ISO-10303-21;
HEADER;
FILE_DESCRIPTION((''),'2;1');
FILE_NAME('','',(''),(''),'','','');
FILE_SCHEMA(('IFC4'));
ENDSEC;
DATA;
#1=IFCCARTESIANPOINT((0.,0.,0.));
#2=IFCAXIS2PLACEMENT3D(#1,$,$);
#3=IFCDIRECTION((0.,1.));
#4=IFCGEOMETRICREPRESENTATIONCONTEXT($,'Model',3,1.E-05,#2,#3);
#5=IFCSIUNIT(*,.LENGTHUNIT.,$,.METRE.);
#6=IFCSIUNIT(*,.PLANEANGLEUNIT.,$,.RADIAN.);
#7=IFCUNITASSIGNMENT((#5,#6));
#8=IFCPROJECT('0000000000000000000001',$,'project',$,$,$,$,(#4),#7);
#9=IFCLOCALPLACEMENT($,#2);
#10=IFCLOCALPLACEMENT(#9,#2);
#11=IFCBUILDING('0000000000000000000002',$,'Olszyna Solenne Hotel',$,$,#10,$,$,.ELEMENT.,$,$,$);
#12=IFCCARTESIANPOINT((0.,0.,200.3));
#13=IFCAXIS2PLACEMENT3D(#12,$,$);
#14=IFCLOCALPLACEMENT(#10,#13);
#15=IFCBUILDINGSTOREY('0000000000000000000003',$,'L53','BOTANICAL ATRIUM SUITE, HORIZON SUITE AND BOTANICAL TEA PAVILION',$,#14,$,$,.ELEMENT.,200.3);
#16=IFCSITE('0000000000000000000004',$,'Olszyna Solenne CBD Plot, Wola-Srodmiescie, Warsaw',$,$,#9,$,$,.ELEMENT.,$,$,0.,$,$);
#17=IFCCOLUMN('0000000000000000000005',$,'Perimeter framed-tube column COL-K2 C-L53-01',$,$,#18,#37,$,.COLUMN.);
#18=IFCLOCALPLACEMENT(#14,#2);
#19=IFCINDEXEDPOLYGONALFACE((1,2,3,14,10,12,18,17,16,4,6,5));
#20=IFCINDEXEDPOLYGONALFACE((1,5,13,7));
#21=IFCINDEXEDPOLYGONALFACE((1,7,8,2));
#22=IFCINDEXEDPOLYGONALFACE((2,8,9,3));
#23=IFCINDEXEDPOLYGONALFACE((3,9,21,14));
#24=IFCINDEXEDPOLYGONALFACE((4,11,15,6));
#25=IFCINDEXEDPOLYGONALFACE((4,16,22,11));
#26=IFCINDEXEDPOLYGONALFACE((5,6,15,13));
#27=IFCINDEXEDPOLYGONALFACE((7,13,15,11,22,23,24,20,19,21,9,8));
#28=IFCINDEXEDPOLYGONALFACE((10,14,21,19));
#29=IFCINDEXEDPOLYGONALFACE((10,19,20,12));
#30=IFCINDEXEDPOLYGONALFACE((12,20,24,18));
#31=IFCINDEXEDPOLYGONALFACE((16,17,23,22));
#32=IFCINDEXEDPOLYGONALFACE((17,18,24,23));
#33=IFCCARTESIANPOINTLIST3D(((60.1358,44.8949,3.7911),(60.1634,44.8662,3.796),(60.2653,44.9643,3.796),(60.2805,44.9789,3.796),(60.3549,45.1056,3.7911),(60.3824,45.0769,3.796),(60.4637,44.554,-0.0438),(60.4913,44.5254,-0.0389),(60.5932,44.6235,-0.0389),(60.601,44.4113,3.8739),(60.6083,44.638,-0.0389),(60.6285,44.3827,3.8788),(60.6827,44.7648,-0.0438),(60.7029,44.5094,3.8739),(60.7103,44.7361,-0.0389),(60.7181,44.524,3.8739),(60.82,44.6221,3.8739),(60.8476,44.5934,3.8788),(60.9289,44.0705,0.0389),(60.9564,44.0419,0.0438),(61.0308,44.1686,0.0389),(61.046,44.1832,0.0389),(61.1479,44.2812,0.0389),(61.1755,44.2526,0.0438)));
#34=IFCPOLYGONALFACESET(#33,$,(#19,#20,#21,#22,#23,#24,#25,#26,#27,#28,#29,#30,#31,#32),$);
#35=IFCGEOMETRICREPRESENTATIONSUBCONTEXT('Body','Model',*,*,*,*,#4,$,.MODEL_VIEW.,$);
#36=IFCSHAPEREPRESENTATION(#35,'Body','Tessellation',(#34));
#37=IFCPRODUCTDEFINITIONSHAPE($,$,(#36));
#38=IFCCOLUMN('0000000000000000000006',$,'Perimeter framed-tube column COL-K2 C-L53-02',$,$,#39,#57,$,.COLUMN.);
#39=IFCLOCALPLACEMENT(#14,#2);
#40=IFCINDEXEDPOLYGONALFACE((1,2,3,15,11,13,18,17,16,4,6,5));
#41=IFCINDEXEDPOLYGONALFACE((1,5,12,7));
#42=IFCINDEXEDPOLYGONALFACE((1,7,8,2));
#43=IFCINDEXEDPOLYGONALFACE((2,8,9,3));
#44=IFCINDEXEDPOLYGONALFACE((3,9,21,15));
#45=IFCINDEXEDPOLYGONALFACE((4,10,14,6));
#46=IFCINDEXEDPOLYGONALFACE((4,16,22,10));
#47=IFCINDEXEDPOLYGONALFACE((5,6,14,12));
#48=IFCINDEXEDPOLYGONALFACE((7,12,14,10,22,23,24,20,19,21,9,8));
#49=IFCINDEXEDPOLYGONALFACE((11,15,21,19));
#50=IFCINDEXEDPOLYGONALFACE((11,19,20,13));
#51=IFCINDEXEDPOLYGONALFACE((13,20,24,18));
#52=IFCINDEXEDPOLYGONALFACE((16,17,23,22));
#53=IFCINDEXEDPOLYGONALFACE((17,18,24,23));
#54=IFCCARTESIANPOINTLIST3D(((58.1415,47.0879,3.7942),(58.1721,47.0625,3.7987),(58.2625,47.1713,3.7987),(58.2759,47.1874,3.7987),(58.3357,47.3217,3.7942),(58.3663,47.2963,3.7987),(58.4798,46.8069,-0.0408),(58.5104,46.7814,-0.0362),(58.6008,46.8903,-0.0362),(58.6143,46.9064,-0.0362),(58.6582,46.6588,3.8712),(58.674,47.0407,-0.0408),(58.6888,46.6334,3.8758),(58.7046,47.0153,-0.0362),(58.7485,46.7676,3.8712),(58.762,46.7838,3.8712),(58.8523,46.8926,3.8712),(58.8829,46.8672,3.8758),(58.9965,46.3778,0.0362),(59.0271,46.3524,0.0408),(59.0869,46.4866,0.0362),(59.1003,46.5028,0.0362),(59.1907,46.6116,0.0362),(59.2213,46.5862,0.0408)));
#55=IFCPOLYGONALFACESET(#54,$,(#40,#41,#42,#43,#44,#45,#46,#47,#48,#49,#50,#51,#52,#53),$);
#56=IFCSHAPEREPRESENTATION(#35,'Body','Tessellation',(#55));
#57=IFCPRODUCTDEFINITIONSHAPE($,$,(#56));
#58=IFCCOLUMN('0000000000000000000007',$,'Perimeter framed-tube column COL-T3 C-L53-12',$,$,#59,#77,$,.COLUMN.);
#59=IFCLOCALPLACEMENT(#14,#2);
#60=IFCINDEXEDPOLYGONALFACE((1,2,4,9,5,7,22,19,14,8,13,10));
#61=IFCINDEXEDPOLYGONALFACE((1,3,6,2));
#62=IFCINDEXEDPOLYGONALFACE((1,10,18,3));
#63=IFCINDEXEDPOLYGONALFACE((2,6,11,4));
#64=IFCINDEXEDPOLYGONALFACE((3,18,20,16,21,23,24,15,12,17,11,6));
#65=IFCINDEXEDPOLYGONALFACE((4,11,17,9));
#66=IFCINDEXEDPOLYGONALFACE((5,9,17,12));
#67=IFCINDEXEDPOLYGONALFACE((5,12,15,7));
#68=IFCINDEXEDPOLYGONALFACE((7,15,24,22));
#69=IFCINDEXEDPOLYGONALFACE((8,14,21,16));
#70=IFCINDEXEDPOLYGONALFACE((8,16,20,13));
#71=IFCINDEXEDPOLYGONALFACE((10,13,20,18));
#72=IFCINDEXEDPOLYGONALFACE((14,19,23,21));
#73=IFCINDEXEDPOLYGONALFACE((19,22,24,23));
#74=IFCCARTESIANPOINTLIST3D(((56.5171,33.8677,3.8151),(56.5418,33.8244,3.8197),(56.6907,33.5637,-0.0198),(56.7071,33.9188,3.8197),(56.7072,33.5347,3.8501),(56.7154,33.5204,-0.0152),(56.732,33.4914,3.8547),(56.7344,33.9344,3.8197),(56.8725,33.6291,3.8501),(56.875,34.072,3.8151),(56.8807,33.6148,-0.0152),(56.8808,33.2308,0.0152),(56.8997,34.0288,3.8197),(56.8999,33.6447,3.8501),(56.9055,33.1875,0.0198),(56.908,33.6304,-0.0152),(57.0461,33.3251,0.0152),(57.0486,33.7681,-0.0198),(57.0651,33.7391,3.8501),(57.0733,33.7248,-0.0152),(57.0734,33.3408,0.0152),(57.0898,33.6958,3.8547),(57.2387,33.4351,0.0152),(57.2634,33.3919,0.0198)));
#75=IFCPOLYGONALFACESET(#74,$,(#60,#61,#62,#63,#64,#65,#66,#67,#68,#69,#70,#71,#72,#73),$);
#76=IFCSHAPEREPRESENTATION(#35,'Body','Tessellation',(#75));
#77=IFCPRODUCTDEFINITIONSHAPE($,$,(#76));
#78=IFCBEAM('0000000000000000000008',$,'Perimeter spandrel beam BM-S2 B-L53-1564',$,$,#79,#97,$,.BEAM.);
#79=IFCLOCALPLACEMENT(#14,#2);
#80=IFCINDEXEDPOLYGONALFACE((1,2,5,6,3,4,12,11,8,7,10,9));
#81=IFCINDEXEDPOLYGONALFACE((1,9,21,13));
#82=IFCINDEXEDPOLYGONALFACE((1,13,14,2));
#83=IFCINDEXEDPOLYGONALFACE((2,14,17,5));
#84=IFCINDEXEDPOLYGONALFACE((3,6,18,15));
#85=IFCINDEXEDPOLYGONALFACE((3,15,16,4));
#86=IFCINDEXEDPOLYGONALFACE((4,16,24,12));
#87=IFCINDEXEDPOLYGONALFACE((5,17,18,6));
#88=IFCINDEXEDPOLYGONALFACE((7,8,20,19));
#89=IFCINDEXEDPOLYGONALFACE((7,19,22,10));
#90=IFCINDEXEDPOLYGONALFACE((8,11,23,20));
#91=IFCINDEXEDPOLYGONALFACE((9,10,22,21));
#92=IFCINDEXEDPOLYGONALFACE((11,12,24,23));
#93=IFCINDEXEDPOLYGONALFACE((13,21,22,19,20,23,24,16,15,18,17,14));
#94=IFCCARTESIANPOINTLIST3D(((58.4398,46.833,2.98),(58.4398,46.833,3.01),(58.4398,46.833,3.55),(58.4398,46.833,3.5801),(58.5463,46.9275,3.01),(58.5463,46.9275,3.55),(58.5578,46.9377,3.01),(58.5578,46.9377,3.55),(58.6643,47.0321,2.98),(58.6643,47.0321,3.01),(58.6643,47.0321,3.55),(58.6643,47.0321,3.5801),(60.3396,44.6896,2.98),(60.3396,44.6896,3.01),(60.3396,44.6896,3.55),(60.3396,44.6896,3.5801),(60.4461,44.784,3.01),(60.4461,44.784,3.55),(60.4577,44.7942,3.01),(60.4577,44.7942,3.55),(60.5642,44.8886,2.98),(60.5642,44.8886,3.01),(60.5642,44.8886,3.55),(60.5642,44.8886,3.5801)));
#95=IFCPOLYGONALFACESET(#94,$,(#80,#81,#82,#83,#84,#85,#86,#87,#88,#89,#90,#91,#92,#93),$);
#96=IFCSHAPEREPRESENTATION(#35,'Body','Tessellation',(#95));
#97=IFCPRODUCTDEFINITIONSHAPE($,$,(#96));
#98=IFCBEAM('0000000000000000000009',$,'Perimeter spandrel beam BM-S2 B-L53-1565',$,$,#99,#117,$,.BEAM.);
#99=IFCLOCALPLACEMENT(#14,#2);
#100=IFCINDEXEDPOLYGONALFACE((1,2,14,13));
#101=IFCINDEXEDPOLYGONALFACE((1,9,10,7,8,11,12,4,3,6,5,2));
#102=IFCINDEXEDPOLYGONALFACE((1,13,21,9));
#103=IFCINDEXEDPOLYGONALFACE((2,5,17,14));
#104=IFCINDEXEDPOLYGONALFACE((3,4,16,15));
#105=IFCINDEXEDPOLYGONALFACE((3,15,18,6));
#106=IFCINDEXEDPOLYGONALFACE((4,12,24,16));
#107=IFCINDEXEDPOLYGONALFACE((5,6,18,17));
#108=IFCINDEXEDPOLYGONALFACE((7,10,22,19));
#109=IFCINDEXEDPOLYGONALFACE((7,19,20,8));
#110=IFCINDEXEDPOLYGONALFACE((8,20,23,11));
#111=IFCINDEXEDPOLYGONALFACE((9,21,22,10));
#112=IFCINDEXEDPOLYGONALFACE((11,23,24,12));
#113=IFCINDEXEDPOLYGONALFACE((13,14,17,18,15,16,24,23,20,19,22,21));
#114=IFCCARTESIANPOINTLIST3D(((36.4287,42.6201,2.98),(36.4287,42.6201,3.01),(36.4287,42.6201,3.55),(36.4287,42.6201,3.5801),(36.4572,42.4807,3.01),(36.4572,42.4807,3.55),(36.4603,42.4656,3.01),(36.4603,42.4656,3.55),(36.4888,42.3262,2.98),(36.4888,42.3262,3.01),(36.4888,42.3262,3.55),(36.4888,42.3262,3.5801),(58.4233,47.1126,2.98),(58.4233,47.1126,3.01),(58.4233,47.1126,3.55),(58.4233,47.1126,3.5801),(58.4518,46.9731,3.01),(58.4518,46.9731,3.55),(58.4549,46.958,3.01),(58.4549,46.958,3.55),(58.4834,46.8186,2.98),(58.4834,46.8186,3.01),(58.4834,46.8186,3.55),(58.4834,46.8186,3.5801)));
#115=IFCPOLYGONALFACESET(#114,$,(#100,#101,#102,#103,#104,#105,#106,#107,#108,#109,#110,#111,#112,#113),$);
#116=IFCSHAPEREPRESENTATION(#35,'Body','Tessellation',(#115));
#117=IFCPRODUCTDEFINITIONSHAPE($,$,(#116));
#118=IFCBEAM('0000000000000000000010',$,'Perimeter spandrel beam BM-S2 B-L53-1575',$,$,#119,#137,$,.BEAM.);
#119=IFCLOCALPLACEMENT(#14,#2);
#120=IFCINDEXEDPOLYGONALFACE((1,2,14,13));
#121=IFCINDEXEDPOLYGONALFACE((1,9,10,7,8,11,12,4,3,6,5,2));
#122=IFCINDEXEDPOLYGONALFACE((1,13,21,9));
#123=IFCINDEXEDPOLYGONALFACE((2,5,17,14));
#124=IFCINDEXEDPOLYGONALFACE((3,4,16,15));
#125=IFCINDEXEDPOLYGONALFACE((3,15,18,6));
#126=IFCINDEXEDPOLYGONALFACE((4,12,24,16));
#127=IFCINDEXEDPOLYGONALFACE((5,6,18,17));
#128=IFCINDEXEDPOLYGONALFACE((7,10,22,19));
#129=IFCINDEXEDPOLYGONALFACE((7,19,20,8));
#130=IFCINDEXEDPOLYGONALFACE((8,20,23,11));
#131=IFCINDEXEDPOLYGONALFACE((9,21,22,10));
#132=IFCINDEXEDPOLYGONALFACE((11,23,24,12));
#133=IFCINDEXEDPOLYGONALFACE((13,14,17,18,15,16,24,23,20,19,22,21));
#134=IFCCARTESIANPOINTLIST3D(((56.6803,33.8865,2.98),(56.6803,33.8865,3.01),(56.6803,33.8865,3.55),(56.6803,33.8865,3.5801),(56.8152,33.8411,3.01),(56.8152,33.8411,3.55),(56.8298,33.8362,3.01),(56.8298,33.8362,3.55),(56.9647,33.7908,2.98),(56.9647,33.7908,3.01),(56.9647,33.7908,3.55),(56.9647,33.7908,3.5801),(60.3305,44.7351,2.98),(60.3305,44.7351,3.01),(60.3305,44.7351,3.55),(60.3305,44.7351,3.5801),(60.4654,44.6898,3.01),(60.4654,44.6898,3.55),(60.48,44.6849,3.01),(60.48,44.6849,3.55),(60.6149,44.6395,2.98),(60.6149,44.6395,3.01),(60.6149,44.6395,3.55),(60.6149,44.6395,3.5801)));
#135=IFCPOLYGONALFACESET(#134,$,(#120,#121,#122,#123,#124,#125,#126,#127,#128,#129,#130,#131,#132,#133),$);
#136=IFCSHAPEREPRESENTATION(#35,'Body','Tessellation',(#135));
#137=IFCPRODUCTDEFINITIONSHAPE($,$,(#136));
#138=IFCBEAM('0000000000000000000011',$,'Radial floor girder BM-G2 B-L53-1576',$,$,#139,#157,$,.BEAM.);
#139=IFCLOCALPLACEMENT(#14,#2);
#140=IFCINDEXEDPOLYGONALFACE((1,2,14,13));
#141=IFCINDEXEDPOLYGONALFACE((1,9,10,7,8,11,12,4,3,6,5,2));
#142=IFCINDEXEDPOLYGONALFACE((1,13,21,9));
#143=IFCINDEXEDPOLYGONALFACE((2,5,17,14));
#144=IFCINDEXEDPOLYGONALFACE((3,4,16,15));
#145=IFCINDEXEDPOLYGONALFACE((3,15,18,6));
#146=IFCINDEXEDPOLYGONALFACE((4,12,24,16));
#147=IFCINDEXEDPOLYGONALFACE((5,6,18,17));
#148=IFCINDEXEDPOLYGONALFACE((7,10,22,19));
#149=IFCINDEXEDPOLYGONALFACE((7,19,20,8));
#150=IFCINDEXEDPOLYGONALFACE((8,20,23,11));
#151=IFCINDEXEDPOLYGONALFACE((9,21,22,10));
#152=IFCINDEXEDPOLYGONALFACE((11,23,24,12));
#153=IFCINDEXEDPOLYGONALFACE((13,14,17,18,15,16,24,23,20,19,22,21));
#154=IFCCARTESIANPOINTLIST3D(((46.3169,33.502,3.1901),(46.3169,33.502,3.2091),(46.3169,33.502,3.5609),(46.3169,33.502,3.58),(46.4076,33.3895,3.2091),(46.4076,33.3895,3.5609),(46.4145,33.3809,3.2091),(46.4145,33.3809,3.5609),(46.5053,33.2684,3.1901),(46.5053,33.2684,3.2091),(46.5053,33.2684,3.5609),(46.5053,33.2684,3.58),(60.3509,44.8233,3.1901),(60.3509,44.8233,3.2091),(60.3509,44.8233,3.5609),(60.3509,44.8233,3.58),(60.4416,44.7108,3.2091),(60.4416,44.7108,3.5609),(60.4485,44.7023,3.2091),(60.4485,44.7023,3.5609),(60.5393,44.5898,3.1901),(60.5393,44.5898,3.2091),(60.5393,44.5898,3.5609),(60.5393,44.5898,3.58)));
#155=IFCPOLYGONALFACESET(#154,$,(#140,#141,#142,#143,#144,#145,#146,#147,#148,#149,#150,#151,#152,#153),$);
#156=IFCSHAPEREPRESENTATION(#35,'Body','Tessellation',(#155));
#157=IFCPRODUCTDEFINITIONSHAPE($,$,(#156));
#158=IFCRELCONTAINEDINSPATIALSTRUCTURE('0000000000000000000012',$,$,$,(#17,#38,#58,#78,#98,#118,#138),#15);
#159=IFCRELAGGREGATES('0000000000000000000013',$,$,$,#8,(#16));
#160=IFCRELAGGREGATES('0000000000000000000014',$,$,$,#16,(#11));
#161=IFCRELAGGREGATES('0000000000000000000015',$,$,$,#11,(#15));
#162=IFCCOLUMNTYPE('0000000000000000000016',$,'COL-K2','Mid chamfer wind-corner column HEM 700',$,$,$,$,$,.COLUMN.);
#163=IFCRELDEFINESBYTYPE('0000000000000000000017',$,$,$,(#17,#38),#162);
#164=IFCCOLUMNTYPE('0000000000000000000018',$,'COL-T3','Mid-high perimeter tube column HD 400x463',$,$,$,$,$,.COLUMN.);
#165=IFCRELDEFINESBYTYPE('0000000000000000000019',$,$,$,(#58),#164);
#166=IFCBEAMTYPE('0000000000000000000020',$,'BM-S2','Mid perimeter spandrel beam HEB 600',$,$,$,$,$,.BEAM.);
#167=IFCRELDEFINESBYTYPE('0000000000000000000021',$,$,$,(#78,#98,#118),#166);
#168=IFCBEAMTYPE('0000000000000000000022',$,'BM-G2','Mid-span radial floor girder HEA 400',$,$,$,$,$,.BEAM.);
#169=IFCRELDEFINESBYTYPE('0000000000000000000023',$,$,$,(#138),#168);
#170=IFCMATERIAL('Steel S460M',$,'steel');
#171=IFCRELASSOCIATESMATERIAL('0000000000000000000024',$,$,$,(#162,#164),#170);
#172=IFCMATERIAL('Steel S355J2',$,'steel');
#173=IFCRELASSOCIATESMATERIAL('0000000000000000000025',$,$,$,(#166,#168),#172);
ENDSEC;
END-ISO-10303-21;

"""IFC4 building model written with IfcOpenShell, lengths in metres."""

from ifc_helpers import new_model, si_unit, direction, frame, origin, origin_2d, place, context, subcontext, project, spatial, i_section, extrude, source, transform, mapped, material, material_profile, profile_set, type_object, element, save


model = new_model("IFC4")

# Units and contexts
model_context = context("Model", 3, precision=1e-05, world=origin(), true_north=direction((0.0, 1.0)))
body_context = subcontext(model_context, "Body", "Model", "MODEL_VIEW")
ifc_project = project(units=[si_unit("LENGTHUNIT", "METRE"), si_unit("PLANEANGLEUNIT", "RADIAN")], contexts=[model_context])

# Site, building, storey
site_placement = place(None, origin())
site = spatial("IfcSite", under=ifc_project, at=site_placement, Name="Olszyna Solenne CBD Plot, Wola-Srodmiescie, Warsaw", CompositionType="ELEMENT", RefElevation=0.0)
building_placement = place(site_placement, origin())
building = spatial("IfcBuilding", under=site, at=building_placement, Name="Olszyna Solenne Hotel", CompositionType="ELEMENT")
storey_placement = place(building_placement, frame((0.0, 0.0, 200.3)))
storey = spatial("IfcBuildingStorey", under=building, at=storey_placement, Name="L53", Description="BOTANICAL ATRIUM SUITE, HORIZON SUITE AND BOTANICAL TEA PAVILION", CompositionType="ELEMENT", Elevation=200.3)

# Columns
ifc_material_1 = material(Name="Steel S460M", Category="steel")
ifc_material_profile_1 = material_profile(ifc_material_1, i_section(OverallWidth=0.304, OverallDepth=0.7161, WebThickness=0.021, FlangeThickness=0.04, at=origin_2d()), Name="HEM 700", Category="load-bearing")
ifc_profile_set_1 = profile_set([ifc_material_profile_1], Name="Steel S460M")
column_type_1 = type_object("IfcColumnType", Name="COL-K2", Description="Mid chamfer wind-corner column HEM 700", PredefinedType="COLUMN", material=ifc_profile_set_1)
shared_shape_1 = source(origin(), body_context, "Body", "SweptSolid", [
    extrude(i_section(OverallWidth=0.304, OverallDepth=0.7161, WebThickness=0.021, FlangeThickness=0.04, at=origin_2d()), origin(), (0.0, 0.0, 1.0), 3.864),
])
column_1_placement = place(storey_placement, frame((60.8196, 44.4033, 0.0), z_axis=(-0.084855, 0.088204, 0.992482), x_axis=(-0.720654, -0.693294, 0.0)))
element("IfcColumn", 1, at=column_1_placement, inside=storey, type_object=column_type_1, Name="Perimeter framed-tube column COL-K2 C-L53-01", PredefinedType="COLUMN", context=body_context, shape_type="MappedRepresentation", body=[
    mapped(shared_shape_1, transform((0.0, 0.0, 0.0), x_axis=(1.0, 0.0, 0.0), y_axis=(0.0, 1.0, 0.0), z_axis=(0.0, 0.0, 1.0), scale=1.0)),
])
shared_shape_2 = source(origin(), body_context, "Body", "SweptSolid", [
    extrude(i_section(OverallWidth=0.304, OverallDepth=0.7161, WebThickness=0.021, FlangeThickness=0.04, at=origin_2d()), origin(), (0.0, 0.0, 1.0), 3.8601),
])
column_2_placement = place(storey_placement, frame((58.8506, 46.6965, 0.0), z_axis=(-0.087661, 0.072798, 0.993487), x_axis=(-0.638873, -0.769312, 0.0)))
element("IfcColumn", 2, at=column_2_placement, inside=storey, type_object=column_type_1, Name="Perimeter framed-tube column COL-K2 C-L53-02", PredefinedType="COLUMN", context=body_context, shape_type="MappedRepresentation", body=[
    mapped(shared_shape_2, transform((0.0, 0.0, 0.0), x_axis=(1.0, 0.0, 0.0), y_axis=(0.0, 1.0, 0.0), z_axis=(0.0, 0.0, 1.0), scale=1.0)),
])
ifc_material_profile_2 = material_profile(ifc_material_1, i_section(OverallWidth=0.4121, OverallDepth=0.4351, WebThickness=0.0315, FlangeThickness=0.05, at=origin_2d()), Name="HD 400x463", Category="load-bearing")
ifc_profile_set_2 = profile_set([ifc_material_profile_2], Name="Steel S460M")
column_type_2 = type_object("IfcColumnType", Name="COL-T3", Description="Mid-high perimeter tube column HD 400x463", PredefinedType="COLUMN", material=ifc_profile_set_2)
shared_shape_3 = source(origin(), body_context, "Body", "SweptSolid", [
    extrude(i_section(OverallWidth=0.4121, OverallDepth=0.4351, WebThickness=0.0315, FlangeThickness=0.05, at=origin_2d()), origin(), (0.0, 0.0, 1.0), 3.8508),
])
column_3_placement = place(storey_placement, frame((56.9771, 33.4778, 0.0), z_axis=(-0.045076, 0.078931, 0.99586), x_axis=(-0.868372, -0.495914, 0.0)))
element("IfcColumn", 3, at=column_3_placement, inside=storey, type_object=column_type_2, Name="Perimeter framed-tube column COL-T3 C-L53-12", PredefinedType="COLUMN", context=body_context, shape_type="MappedRepresentation", body=[
    mapped(shared_shape_3, transform((0.0, 0.0, 0.0), x_axis=(1.0, 0.0, 0.0), y_axis=(0.0, 1.0, 0.0), z_axis=(0.0, 0.0, 1.0), scale=1.0)),
])

# Beams
ifc_material_2 = material(Name="Steel S355J2", Category="steel")
ifc_material_profile_3 = material_profile(ifc_material_2, i_section(OverallWidth=0.3, OverallDepth=0.6001, WebThickness=0.0154, FlangeThickness=0.03, at=origin_2d()), Name="HEB 600", Category="load-bearing")
ifc_profile_set_3 = profile_set([ifc_material_profile_3], Name="Steel S355J2")
beam_type_1 = type_object("IfcBeamType", Name="BM-S2", Description="Mid perimeter spandrel beam HEB 600", PredefinedType="BEAM", material=ifc_profile_set_3)
shared_shape_4 = source(origin(), body_context, "Body", "SweptSolid", [
    extrude(i_section(OverallWidth=0.3, OverallDepth=0.6001, WebThickness=0.0154, FlangeThickness=0.03, at=origin_2d()), origin(), (0.0, 0.0, 1.0), 2.8643),
])
beam_1_placement = place(storey_placement, frame((60.4519, 44.7891, 3.28), z_axis=(-0.663294, 0.748358, 0.0), x_axis=(-0.748358, -0.663294, 0.0)))
element("IfcBeam", 4, at=beam_1_placement, inside=storey, type_object=beam_type_1, Name="Perimeter spandrel beam BM-S2 B-L53-1564", PredefinedType="BEAM", context=body_context, shape_type="MappedRepresentation", body=[
    mapped(shared_shape_4, transform((0.0, 0.0, 0.0), x_axis=(1.0, 0.0, 0.0), y_axis=(0.0, 1.0, 0.0), z_axis=(0.0, 0.0, 1.0), scale=1.0)),
])
shared_shape_5 = source(origin(), body_context, "Body", "SweptSolid", [
    extrude(i_section(OverallWidth=0.3, OverallDepth=0.6001, WebThickness=0.0154, FlangeThickness=0.03, at=origin_2d()), origin(), (0.0, 0.0, 1.0), 22.4487),
])
beam_2_placement = place(storey_placement, frame((58.4534, 46.9656, 3.28), z_axis=(-0.979771, -0.20012, 0.0), x_axis=(0.20012, -0.979771, 0.0)))
element("IfcBeam", 5, at=beam_2_placement, inside=storey, type_object=beam_type_1, Name="Perimeter spandrel beam BM-S2 B-L53-1565", PredefinedType="BEAM", context=body_context, shape_type="MappedRepresentation", body=[
    mapped(shared_shape_5, transform((0.0, 0.0, 0.0), x_axis=(1.0, 0.0, 0.0), y_axis=(0.0, 1.0, 0.0), z_axis=(0.0, 0.0, 1.0), scale=1.0)),
])
shared_shape_6 = source(origin(), body_context, "Body", "SweptSolid", [
    extrude(i_section(OverallWidth=0.3, OverallDepth=0.6001, WebThickness=0.0154, FlangeThickness=0.03, at=origin_2d()), origin(), (0.0, 0.0, 1.0), 11.4463),
])
beam_3_placement = place(storey_placement, frame((56.8225, 33.8386, 3.28), z_axis=(0.318895, 0.94779, 0.0), x_axis=(-0.94779, 0.318895, 0.0)))
element("IfcBeam", 6, at=beam_3_placement, inside=storey, type_object=beam_type_1, Name="Perimeter spandrel beam BM-S2 B-L53-1575", PredefinedType="BEAM", context=body_context, shape_type="MappedRepresentation", body=[
    mapped(shared_shape_6, transform((0.0, 0.0, 0.0), x_axis=(1.0, 0.0, 0.0), y_axis=(0.0, 1.0, 0.0), z_axis=(0.0, 0.0, 1.0), scale=1.0)),
])
ifc_material_profile_4 = material_profile(ifc_material_2, i_section(OverallWidth=0.3, OverallDepth=0.3899, WebThickness=0.011, FlangeThickness=0.019, at=origin_2d()), Name="HEA 400", Category="load-bearing")
ifc_profile_set_4 = profile_set([ifc_material_profile_4], Name="Steel S355J2")
beam_type_2 = type_object("IfcBeamType", Name="BM-G2", Description="Mid-span radial floor girder HEA 400", PredefinedType="BEAM", material=ifc_profile_set_4)
shared_shape_7 = source(origin(), body_context, "Body", "SweptSolid", [
    extrude(i_section(OverallWidth=0.3, OverallDepth=0.3899, WebThickness=0.011, FlangeThickness=0.019, at=origin_2d()), origin(), (0.0, 0.0, 1.0), 18.0312),
])
beam_4_placement = place(storey_placement, frame((60.4451, 44.7065, 3.385), z_axis=(-0.778315, -0.627873, 0.0), x_axis=(0.627873, -0.778315, 0.0)))
element("IfcBeam", 7, at=beam_4_placement, inside=storey, type_object=beam_type_2, Name="Radial floor girder BM-G2 B-L53-1576", PredefinedType="BEAM", context=body_context, shape_type="MappedRepresentation", body=[
    mapped(shared_shape_7, transform((0.0, 0.0, 0.0), x_axis=(1.0, 0.0, 0.0), y_axis=(0.0, 1.0, 0.0), z_axis=(0.0, 0.0, 1.0), scale=1.0)),
])

save(model, "model.ifc")
